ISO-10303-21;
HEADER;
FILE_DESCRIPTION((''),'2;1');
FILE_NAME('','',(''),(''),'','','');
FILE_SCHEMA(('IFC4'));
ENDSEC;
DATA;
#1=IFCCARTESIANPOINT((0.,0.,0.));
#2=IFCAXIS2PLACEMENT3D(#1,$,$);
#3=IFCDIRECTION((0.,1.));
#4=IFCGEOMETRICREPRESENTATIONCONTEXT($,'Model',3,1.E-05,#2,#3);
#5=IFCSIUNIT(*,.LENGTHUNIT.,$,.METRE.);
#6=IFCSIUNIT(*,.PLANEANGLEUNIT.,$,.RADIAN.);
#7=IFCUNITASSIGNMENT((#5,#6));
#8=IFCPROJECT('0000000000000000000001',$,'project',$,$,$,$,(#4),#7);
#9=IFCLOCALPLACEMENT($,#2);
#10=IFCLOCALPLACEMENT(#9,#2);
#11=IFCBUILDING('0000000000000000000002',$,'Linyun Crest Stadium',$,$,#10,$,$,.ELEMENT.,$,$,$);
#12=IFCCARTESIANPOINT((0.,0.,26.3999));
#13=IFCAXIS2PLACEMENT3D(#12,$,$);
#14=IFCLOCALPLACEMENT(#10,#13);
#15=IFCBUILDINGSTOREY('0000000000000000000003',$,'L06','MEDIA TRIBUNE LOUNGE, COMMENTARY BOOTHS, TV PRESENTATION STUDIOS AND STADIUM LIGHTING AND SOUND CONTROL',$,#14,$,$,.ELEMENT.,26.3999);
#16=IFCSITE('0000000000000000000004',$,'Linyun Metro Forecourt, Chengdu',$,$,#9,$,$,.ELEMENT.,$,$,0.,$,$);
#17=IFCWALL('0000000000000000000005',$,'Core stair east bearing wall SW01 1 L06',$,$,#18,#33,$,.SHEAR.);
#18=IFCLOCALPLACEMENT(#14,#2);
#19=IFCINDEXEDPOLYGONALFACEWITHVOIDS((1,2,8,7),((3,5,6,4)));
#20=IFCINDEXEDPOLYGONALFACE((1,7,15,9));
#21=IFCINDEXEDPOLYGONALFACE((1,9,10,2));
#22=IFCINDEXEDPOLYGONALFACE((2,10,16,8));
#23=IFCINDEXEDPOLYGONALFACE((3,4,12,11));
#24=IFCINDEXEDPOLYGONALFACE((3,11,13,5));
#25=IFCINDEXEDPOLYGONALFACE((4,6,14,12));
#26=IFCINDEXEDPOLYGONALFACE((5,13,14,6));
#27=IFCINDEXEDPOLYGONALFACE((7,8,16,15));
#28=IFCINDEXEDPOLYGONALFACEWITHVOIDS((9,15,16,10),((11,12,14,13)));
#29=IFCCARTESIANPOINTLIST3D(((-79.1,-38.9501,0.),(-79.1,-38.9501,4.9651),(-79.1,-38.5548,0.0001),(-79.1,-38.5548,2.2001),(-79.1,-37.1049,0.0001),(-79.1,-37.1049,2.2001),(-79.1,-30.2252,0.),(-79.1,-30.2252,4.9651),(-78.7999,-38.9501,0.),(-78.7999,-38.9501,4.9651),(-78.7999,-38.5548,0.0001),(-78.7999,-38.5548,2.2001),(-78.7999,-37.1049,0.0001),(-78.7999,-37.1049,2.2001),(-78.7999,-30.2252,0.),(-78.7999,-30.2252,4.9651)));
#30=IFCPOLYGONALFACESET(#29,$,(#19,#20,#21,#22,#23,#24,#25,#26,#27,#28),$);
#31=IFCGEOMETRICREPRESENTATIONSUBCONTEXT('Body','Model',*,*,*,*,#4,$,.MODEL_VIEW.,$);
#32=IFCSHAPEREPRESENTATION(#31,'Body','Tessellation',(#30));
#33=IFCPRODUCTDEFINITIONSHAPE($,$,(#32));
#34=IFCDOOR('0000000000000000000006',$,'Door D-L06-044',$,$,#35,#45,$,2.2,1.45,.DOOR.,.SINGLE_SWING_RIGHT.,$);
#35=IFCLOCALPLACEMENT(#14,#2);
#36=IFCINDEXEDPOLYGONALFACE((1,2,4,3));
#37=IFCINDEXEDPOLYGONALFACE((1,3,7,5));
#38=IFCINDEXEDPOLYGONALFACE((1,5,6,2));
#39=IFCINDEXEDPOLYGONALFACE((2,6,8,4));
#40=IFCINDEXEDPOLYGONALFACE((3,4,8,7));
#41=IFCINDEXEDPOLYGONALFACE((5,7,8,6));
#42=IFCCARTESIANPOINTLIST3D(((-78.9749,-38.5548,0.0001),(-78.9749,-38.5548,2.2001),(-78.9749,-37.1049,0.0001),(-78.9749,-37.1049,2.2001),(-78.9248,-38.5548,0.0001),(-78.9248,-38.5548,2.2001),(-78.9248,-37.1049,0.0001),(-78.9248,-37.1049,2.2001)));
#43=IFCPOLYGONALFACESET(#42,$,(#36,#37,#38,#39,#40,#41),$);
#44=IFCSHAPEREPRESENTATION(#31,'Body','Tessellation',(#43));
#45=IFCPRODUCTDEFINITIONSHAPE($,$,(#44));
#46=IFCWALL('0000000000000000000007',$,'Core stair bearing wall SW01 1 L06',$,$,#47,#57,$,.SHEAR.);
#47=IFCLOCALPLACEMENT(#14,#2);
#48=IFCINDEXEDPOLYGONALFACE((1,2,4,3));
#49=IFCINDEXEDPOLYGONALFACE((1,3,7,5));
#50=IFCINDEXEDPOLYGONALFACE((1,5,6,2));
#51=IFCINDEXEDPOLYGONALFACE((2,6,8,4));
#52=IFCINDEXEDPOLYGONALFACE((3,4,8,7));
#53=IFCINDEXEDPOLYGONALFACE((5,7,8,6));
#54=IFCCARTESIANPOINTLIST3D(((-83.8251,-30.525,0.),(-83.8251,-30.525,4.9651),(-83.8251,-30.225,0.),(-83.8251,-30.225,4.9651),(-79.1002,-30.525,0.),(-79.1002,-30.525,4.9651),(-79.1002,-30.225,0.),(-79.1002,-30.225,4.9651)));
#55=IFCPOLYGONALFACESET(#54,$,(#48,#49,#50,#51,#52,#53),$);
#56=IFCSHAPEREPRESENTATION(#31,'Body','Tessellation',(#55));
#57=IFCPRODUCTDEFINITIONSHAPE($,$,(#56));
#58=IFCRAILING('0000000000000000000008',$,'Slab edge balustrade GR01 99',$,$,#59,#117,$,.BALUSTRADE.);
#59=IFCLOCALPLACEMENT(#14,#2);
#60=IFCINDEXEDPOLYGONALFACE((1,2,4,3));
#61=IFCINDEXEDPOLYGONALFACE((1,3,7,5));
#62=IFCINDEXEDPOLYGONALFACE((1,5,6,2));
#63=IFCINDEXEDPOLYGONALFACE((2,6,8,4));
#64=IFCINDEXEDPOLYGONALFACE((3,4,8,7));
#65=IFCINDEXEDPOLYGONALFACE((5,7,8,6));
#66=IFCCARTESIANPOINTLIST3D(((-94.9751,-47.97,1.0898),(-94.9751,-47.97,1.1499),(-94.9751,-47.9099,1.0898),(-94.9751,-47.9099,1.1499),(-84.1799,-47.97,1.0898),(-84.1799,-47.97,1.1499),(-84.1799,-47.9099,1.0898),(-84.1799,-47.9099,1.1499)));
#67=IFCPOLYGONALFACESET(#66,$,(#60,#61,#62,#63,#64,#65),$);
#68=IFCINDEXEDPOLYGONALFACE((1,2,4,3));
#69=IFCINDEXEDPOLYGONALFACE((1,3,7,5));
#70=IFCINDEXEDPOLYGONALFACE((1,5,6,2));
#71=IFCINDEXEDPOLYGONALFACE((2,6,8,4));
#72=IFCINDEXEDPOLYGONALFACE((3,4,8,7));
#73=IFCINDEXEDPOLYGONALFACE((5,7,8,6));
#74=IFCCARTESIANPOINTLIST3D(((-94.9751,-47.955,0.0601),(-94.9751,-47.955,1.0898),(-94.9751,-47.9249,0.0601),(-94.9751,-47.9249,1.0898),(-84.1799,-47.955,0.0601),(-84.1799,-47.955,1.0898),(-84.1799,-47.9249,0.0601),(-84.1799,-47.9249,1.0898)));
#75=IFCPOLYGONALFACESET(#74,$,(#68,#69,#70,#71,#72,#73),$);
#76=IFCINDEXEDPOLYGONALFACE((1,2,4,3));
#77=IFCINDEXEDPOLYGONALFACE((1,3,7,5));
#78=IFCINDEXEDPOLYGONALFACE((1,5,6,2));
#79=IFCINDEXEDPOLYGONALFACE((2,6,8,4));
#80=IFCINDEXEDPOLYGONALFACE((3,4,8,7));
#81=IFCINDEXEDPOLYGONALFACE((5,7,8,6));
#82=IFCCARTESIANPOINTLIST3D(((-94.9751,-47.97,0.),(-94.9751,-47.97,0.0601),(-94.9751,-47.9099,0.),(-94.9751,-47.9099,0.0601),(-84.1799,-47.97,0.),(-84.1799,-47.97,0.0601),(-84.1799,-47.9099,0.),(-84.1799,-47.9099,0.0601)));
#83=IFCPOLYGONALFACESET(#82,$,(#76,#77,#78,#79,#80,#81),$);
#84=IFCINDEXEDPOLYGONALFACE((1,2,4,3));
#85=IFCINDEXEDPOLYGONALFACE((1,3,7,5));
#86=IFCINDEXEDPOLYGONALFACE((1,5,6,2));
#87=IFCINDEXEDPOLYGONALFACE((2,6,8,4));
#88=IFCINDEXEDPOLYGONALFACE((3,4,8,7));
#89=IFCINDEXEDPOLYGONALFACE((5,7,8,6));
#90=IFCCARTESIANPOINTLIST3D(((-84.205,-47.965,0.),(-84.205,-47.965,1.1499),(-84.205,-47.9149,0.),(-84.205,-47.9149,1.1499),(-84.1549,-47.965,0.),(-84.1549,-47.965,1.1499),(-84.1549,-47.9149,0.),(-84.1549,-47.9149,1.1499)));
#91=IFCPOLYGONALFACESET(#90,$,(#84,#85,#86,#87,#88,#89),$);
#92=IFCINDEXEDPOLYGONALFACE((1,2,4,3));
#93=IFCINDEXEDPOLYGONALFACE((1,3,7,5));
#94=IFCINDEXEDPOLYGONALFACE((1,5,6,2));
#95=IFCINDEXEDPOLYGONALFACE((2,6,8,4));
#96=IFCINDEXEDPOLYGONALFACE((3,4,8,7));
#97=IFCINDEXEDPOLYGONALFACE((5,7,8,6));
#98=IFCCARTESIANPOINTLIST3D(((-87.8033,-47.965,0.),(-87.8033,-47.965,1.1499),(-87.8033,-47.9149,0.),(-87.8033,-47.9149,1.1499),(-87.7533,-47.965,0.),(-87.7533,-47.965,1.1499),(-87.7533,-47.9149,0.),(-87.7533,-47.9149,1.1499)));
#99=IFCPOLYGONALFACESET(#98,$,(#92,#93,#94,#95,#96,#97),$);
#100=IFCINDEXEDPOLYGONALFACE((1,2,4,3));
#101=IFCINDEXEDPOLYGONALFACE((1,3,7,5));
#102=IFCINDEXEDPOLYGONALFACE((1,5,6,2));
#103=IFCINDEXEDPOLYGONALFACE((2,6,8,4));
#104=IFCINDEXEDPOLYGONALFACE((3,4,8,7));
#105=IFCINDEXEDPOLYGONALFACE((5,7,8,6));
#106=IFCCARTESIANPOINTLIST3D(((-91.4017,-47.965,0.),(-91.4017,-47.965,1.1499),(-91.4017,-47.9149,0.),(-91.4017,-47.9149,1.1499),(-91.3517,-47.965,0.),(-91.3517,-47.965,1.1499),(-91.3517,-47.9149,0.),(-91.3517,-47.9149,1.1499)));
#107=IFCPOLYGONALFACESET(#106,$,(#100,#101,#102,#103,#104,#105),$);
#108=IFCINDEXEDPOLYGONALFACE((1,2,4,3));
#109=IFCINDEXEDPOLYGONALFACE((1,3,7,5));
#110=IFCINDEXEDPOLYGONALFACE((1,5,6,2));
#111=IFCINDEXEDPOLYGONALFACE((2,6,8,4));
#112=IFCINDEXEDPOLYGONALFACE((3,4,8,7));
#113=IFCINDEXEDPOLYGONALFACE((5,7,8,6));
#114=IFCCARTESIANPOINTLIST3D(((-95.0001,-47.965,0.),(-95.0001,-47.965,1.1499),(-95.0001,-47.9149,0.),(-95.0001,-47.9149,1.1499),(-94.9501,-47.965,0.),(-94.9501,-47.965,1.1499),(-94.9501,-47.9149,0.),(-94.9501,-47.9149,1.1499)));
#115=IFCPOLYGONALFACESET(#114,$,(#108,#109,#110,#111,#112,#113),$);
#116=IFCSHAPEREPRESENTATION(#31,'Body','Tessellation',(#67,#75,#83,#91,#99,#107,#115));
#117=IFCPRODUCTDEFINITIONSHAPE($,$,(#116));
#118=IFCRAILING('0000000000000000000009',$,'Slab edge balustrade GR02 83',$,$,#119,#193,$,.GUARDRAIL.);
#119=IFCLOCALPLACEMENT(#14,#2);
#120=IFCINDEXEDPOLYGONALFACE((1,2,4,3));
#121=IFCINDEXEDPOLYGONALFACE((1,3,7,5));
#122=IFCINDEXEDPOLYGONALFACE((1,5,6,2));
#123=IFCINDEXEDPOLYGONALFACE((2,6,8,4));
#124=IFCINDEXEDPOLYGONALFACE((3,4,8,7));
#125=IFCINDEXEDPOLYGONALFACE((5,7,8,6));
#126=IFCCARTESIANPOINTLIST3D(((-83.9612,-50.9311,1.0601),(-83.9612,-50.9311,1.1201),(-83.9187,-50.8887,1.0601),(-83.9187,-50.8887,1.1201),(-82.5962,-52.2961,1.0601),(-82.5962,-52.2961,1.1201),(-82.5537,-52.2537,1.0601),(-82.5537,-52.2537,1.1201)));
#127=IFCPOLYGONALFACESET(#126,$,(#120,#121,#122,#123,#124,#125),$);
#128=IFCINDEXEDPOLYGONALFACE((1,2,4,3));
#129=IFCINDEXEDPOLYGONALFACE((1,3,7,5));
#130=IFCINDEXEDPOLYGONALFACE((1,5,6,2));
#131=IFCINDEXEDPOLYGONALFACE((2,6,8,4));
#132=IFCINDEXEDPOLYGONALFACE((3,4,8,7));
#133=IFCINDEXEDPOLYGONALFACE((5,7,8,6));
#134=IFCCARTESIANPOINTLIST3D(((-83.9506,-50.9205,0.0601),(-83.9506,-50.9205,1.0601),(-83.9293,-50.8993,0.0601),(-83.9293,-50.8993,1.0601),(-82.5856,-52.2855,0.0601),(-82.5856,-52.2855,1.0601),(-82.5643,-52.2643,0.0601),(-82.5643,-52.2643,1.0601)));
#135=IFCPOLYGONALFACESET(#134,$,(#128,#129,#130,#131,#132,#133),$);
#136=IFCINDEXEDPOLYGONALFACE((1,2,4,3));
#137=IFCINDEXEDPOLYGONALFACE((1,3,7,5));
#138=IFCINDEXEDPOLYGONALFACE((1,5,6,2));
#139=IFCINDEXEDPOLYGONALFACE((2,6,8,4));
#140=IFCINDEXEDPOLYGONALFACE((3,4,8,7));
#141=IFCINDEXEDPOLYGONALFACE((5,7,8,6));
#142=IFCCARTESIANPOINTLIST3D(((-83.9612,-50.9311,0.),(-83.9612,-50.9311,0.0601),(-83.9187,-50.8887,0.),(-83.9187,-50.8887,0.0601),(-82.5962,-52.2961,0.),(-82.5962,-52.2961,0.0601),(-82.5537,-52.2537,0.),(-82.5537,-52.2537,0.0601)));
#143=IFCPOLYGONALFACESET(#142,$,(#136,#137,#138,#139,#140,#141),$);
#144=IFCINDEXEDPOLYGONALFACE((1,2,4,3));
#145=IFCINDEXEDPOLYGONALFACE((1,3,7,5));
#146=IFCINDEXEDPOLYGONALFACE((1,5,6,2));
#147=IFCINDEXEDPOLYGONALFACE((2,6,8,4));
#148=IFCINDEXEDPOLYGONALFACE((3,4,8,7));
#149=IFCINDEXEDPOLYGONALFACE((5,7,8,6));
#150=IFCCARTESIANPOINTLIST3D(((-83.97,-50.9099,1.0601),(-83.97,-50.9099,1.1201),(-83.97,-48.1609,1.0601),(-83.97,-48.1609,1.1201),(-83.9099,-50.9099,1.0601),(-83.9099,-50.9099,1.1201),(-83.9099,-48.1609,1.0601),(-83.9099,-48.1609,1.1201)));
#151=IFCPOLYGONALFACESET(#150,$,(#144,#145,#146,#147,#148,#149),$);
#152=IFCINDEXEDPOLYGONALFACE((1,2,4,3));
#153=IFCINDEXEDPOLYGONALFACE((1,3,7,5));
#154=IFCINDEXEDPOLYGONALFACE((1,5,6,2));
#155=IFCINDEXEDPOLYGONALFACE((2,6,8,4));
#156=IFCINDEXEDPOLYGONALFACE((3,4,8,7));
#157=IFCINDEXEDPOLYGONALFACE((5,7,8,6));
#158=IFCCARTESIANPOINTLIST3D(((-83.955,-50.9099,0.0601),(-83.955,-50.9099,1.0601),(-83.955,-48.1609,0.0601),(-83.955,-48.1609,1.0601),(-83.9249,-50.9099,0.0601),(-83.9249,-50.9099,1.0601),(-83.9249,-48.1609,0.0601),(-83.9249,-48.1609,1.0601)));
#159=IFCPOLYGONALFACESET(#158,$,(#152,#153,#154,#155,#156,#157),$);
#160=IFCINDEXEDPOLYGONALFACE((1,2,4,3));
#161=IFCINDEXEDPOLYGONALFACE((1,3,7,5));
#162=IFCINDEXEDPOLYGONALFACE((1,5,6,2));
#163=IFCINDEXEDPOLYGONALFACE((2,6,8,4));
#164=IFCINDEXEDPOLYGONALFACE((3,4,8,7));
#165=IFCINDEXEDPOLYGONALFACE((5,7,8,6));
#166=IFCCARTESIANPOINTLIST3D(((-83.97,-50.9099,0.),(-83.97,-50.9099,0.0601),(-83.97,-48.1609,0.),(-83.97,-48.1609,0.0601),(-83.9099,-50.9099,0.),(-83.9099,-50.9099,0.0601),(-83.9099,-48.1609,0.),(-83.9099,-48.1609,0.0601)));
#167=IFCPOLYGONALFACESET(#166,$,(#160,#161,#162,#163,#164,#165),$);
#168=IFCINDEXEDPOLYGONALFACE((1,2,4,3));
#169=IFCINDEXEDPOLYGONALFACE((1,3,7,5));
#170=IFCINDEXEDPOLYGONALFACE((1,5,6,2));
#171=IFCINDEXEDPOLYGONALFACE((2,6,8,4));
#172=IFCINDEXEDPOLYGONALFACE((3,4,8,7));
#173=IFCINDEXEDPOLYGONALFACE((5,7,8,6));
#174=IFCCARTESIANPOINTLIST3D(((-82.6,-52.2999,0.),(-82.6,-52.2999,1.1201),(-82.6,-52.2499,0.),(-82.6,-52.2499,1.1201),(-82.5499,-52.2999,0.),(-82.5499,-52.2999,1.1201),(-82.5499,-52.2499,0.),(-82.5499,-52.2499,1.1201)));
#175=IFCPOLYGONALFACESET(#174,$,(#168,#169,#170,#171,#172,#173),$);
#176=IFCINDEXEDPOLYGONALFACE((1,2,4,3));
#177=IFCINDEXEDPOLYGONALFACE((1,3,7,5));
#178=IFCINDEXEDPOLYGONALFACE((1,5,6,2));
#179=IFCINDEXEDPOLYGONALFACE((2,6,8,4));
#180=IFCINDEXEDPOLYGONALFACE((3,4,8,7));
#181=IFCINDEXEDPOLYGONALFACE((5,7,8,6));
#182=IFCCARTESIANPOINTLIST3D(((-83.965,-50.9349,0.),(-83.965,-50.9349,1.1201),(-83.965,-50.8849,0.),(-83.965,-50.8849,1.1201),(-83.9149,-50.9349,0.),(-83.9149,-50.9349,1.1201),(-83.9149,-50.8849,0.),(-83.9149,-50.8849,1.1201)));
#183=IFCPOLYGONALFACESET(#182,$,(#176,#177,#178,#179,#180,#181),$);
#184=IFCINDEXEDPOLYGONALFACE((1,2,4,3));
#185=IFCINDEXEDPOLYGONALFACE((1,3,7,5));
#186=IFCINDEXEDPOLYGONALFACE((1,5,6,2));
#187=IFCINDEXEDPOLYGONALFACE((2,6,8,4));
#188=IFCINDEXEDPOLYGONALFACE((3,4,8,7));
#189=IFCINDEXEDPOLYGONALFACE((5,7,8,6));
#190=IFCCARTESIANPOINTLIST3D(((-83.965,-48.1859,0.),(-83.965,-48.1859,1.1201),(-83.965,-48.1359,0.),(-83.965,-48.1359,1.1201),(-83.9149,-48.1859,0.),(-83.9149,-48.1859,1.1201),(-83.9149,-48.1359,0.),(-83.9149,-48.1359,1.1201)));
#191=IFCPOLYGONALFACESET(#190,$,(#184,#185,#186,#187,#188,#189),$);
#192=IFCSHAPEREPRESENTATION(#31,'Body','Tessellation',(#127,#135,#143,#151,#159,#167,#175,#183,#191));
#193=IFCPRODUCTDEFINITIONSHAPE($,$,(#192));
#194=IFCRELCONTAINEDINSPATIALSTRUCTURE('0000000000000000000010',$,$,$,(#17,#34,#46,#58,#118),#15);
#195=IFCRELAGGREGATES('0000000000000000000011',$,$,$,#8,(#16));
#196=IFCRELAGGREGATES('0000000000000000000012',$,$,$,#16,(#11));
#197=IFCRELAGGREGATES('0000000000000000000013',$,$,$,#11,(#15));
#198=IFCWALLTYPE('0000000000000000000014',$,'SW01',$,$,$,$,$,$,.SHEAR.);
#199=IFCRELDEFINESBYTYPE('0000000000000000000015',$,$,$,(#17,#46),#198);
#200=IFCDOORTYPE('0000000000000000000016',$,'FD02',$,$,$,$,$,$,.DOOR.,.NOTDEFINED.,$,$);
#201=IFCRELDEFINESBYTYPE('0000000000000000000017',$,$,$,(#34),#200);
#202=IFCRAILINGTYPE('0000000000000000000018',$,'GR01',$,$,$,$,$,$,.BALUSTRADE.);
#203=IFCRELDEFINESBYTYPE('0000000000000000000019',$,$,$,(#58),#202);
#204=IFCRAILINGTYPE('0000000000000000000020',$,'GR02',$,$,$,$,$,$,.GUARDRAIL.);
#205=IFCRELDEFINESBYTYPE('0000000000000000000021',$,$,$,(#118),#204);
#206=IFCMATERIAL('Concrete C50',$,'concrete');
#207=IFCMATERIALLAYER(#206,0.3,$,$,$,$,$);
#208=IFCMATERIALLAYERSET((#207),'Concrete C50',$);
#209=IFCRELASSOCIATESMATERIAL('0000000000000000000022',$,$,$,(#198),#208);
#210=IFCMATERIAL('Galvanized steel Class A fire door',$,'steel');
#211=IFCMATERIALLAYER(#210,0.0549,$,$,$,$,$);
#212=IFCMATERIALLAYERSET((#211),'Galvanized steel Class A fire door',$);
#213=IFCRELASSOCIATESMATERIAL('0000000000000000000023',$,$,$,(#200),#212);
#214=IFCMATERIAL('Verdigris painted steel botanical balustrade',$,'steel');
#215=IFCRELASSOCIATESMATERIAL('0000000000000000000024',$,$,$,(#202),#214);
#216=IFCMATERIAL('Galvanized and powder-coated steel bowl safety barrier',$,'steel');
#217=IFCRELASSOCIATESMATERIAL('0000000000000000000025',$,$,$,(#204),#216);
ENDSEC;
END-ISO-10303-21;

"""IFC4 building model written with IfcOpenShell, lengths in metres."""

from ifc_helpers import new_model, si_unit, direction, frame, frame_2d, origin, origin_2d, place, context, subcontext, project, spatial, rectangle, extrude, material, layer, layer_set, type_object, element, fill, save


model = new_model("IFC4")

# Units and contexts
model_context = context("Model", 3, precision=1e-05, world=origin(), true_north=direction((0.0, 1.0)))
body_context = subcontext(model_context, "Body", "Model", "MODEL_VIEW")
ifc_project = project(units=[si_unit("LENGTHUNIT", "METRE"), si_unit("PLANEANGLEUNIT", "RADIAN")], contexts=[model_context])

# Site, building, storey
site_placement = place(None, origin())
site = spatial("IfcSite", under=ifc_project, at=site_placement, Name="Linyun Metro Forecourt, Chengdu", CompositionType="ELEMENT", RefElevation=0.0)
building_placement = place(site_placement, origin())
building = spatial("IfcBuilding", under=site, at=building_placement, Name="Linyun Crest Stadium", CompositionType="ELEMENT")
storey_placement = place(building_placement, frame((0.0, 0.0, 26.3999)))
storey = spatial("IfcBuildingStorey", under=building, at=storey_placement, Name="L06", Description="MEDIA TRIBUNE LOUNGE, COMMENTARY BOOTHS, TV PRESENTATION STUDIOS AND STADIUM LIGHTING AND SOUND CONTROL", CompositionType="ELEMENT", Elevation=26.3999)

# Wall, opening, door
ifc_material_1 = material(Name="Concrete C50", Category="concrete")
ifc_layer_1 = layer(ifc_material_1, 0.3)
ifc_layer_set_1 = layer_set([ifc_layer_1], Name="Concrete C50")
wall_type_1 = type_object("IfcWallType", Name="SW01", PredefinedType="SHEAR", material=ifc_layer_set_1)
wall_1_placement = place(storey_placement, frame((-78.95, -38.95, 0.0), z_axis=(0.0, 0.0, 1.0), x_axis=(0.0, 1.0, 0.0)))
wall_1 = element("IfcWall", 1, at=wall_1_placement, inside=storey, type_object=wall_type_1, Name="Core stair east bearing wall SW01 1 L06", PredefinedType="SHEAR", context=body_context, shape_type="SweptSolid", body=[
    extrude(rectangle(XDim=8.7249, YDim=0.3, at=frame_2d((4.3623, 0.0))), origin(), (0.0, 0.0, 1.0), 4.9651),
])
opening_1_placement = place(wall_1_placement, frame((0.395, 0.0, 0.0)))
opening_1 = element("IfcOpeningElement", 2, at=opening_1_placement, cuts=wall_1, PredefinedType="OPENING", context=body_context, shape_type="SweptSolid", body=[
    extrude(rectangle(XDim=1.45, YDim=2.2, at=frame_2d((0.7251, 1.1001))), frame((0.0, 0.1599, 0.0), z_axis=(0.0, -1.0, 0.0), x_axis=(1.0, 0.0, 0.0)), (0.0, 0.0, 1.0), 0.3201),
])
ifc_material_2 = material(Name="Galvanized steel Class A fire door", Category="steel")
ifc_layer_2 = layer(ifc_material_2, 0.0549)
ifc_layer_set_2 = layer_set([ifc_layer_2], Name="Galvanized steel Class A fire door")
door_type_1 = type_object("IfcDoorType", Name="FD02", OperationType="NOTDEFINED", PredefinedType="DOOR", material=ifc_layer_set_2)
door_1_placement = place(opening_1_placement, origin())
door_1 = element("IfcDoor", 3, at=door_1_placement, inside=storey, type_object=door_type_1, Name="Door D-L06-044", OperationType="SINGLE_SWING_RIGHT", OverallHeight=2.2, OverallWidth=1.45, PredefinedType="DOOR", context=body_context, shape_type="SweptSolid", body=[
    extrude(rectangle(XDim=1.45, YDim=2.2, at=frame_2d((0.7251, 1.1001))), frame((0.0, 0.0249, 0.0), z_axis=(0.0, -1.0, 0.0), x_axis=(1.0, 0.0, 0.0)), (0.0, 0.0, 1.0), 0.05),
])
fill(opening_1, door_1)

# Wall
wall_2_placement = place(storey_placement, frame((-83.825, -30.375, 0.0), z_axis=(0.0, 0.0, 1.0), x_axis=(1.0, 0.0, 0.0)))
element("IfcWall", 4, at=wall_2_placement, inside=storey, type_object=wall_type_1, Name="Core stair bearing wall SW01 1 L06", PredefinedType="SHEAR", context=body_context, shape_type="SweptSolid", body=[
    extrude(rectangle(XDim=4.7249, YDim=0.3, at=frame_2d((2.3623, 0.0))), origin(), (0.0, 0.0, 1.0), 4.9651),
])

# Railings
ifc_material_3 = material(Name="Verdigris painted steel botanical balustrade", Category="steel")
railing_type_1 = type_object("IfcRailingType", Name="GR01", PredefinedType="BALUSTRADE", material=ifc_material_3)
railing_1_placement = place(storey_placement, frame((-84.1799, -47.9399, 0.0)))
element("IfcRailing", 5, at=railing_1_placement, inside=storey, type_object=railing_type_1, Name="Slab edge balustrade GR01 99", PredefinedType="BALUSTRADE", context=body_context, shape_type="SweptSolid", body=[
    extrude(rectangle(XDim=0.0601, YDim=0.0601, at=origin_2d()), frame((0.0, 0.0, 1.1199), z_axis=(-1.0, 0.0, 0.0), x_axis=(0.0, -1.0, 0.0)), (0.0, 0.0, 1.0), 10.7952),
    extrude(rectangle(XDim=0.03, YDim=1.0298, at=origin_2d()), frame((0.0, 0.0, 0.575), z_axis=(-1.0, 0.0, 0.0), x_axis=(0.0, -1.0, 0.0)), (0.0, 0.0, 1.0), 10.7952),
    extrude(rectangle(XDim=0.0601, YDim=0.0601, at=origin_2d()), frame((0.0, 0.0, 0.03), z_axis=(-1.0, 0.0, 0.0), x_axis=(0.0, -1.0, 0.0)), (0.0, 0.0, 1.0), 10.7952),
    extrude(rectangle(XDim=0.05, YDim=0.05, at=origin_2d()), origin(), (0.0, 0.0, 1.0), 1.1499),
    extrude(rectangle(XDim=0.05, YDim=0.05, at=origin_2d()), frame((-3.5984, 0.0, 0.0)), (0.0, 0.0, 1.0), 1.1499),
    extrude(rectangle(XDim=0.05, YDim=0.05, at=origin_2d()), frame((-7.1968, 0.0, 0.0)), (0.0, 0.0, 1.0), 1.1499),
    extrude(rectangle(XDim=0.05, YDim=0.05, at=origin_2d()), frame((-10.7952, 0.0, 0.0)), (0.0, 0.0, 1.0), 1.1499),
])
ifc_material_4 = material(Name="Galvanized and powder-coated steel bowl safety barrier", Category="steel")
railing_type_2 = type_object("IfcRailingType", Name="GR02", PredefinedType="GUARDRAIL", material=ifc_material_4)
railing_2_placement = place(storey_placement, frame((-82.575, -52.2749, 0.0)))
element("IfcRailing", 6, at=railing_2_placement, inside=storey, type_object=railing_type_2, Name="Slab edge balustrade GR02 83", PredefinedType="GUARDRAIL", context=body_context, shape_type="SweptSolid", body=[
    extrude(rectangle(XDim=0.0601, YDim=0.0601, at=origin_2d()), frame((0.0, 0.0, 1.0901), z_axis=(-0.707107, 0.707107, 0.0), x_axis=(-0.707107, -0.707107, 0.0)), (0.0, 0.0, 1.0), 1.9304),
    extrude(rectangle(XDim=0.03, YDim=1.0, at=origin_2d()), frame((0.0, 0.0, 0.5601), z_axis=(-0.707107, 0.707107, 0.0), x_axis=(-0.707107, -0.707107, 0.0)), (0.0, 0.0, 1.0), 1.9304),
    extrude(rectangle(XDim=0.0601, YDim=0.0601, at=origin_2d()), frame((0.0, 0.0, 0.03), z_axis=(-0.707107, 0.707107, 0.0), x_axis=(-0.707107, -0.707107, 0.0)), (0.0, 0.0, 1.0), 1.9304),
    extrude(rectangle(XDim=0.0601, YDim=0.0601, at=origin_2d()), frame((-1.365, 1.365, 1.0901), z_axis=(0.0, 1.0, 0.0), x_axis=(-1.0, 0.0, 0.0)), (0.0, 0.0, 1.0), 2.749),
    extrude(rectangle(XDim=0.03, YDim=1.0, at=origin_2d()), frame((-1.365, 1.365, 0.5601), z_axis=(0.0, 1.0, 0.0), x_axis=(-1.0, 0.0, 0.0)), (0.0, 0.0, 1.0), 2.749),
    extrude(rectangle(XDim=0.0601, YDim=0.0601, at=origin_2d()), frame((-1.365, 1.365, 0.03), z_axis=(0.0, 1.0, 0.0), x_axis=(-1.0, 0.0, 0.0)), (0.0, 0.0, 1.0), 2.749),
    extrude(rectangle(XDim=0.05, YDim=0.05, at=origin_2d()), origin(), (0.0, 0.0, 1.0), 1.1201),
    extrude(rectangle(XDim=0.05, YDim=0.05, at=origin_2d()), frame((-1.365, 1.365, 0.0)), (0.0, 0.0, 1.0), 1.1201),
    extrude(rectangle(XDim=0.05, YDim=0.05, at=origin_2d()), frame((-1.365, 4.114, 0.0)), (0.0, 0.0, 1.0), 1.1201),
])

save(model, "model.ifc")
